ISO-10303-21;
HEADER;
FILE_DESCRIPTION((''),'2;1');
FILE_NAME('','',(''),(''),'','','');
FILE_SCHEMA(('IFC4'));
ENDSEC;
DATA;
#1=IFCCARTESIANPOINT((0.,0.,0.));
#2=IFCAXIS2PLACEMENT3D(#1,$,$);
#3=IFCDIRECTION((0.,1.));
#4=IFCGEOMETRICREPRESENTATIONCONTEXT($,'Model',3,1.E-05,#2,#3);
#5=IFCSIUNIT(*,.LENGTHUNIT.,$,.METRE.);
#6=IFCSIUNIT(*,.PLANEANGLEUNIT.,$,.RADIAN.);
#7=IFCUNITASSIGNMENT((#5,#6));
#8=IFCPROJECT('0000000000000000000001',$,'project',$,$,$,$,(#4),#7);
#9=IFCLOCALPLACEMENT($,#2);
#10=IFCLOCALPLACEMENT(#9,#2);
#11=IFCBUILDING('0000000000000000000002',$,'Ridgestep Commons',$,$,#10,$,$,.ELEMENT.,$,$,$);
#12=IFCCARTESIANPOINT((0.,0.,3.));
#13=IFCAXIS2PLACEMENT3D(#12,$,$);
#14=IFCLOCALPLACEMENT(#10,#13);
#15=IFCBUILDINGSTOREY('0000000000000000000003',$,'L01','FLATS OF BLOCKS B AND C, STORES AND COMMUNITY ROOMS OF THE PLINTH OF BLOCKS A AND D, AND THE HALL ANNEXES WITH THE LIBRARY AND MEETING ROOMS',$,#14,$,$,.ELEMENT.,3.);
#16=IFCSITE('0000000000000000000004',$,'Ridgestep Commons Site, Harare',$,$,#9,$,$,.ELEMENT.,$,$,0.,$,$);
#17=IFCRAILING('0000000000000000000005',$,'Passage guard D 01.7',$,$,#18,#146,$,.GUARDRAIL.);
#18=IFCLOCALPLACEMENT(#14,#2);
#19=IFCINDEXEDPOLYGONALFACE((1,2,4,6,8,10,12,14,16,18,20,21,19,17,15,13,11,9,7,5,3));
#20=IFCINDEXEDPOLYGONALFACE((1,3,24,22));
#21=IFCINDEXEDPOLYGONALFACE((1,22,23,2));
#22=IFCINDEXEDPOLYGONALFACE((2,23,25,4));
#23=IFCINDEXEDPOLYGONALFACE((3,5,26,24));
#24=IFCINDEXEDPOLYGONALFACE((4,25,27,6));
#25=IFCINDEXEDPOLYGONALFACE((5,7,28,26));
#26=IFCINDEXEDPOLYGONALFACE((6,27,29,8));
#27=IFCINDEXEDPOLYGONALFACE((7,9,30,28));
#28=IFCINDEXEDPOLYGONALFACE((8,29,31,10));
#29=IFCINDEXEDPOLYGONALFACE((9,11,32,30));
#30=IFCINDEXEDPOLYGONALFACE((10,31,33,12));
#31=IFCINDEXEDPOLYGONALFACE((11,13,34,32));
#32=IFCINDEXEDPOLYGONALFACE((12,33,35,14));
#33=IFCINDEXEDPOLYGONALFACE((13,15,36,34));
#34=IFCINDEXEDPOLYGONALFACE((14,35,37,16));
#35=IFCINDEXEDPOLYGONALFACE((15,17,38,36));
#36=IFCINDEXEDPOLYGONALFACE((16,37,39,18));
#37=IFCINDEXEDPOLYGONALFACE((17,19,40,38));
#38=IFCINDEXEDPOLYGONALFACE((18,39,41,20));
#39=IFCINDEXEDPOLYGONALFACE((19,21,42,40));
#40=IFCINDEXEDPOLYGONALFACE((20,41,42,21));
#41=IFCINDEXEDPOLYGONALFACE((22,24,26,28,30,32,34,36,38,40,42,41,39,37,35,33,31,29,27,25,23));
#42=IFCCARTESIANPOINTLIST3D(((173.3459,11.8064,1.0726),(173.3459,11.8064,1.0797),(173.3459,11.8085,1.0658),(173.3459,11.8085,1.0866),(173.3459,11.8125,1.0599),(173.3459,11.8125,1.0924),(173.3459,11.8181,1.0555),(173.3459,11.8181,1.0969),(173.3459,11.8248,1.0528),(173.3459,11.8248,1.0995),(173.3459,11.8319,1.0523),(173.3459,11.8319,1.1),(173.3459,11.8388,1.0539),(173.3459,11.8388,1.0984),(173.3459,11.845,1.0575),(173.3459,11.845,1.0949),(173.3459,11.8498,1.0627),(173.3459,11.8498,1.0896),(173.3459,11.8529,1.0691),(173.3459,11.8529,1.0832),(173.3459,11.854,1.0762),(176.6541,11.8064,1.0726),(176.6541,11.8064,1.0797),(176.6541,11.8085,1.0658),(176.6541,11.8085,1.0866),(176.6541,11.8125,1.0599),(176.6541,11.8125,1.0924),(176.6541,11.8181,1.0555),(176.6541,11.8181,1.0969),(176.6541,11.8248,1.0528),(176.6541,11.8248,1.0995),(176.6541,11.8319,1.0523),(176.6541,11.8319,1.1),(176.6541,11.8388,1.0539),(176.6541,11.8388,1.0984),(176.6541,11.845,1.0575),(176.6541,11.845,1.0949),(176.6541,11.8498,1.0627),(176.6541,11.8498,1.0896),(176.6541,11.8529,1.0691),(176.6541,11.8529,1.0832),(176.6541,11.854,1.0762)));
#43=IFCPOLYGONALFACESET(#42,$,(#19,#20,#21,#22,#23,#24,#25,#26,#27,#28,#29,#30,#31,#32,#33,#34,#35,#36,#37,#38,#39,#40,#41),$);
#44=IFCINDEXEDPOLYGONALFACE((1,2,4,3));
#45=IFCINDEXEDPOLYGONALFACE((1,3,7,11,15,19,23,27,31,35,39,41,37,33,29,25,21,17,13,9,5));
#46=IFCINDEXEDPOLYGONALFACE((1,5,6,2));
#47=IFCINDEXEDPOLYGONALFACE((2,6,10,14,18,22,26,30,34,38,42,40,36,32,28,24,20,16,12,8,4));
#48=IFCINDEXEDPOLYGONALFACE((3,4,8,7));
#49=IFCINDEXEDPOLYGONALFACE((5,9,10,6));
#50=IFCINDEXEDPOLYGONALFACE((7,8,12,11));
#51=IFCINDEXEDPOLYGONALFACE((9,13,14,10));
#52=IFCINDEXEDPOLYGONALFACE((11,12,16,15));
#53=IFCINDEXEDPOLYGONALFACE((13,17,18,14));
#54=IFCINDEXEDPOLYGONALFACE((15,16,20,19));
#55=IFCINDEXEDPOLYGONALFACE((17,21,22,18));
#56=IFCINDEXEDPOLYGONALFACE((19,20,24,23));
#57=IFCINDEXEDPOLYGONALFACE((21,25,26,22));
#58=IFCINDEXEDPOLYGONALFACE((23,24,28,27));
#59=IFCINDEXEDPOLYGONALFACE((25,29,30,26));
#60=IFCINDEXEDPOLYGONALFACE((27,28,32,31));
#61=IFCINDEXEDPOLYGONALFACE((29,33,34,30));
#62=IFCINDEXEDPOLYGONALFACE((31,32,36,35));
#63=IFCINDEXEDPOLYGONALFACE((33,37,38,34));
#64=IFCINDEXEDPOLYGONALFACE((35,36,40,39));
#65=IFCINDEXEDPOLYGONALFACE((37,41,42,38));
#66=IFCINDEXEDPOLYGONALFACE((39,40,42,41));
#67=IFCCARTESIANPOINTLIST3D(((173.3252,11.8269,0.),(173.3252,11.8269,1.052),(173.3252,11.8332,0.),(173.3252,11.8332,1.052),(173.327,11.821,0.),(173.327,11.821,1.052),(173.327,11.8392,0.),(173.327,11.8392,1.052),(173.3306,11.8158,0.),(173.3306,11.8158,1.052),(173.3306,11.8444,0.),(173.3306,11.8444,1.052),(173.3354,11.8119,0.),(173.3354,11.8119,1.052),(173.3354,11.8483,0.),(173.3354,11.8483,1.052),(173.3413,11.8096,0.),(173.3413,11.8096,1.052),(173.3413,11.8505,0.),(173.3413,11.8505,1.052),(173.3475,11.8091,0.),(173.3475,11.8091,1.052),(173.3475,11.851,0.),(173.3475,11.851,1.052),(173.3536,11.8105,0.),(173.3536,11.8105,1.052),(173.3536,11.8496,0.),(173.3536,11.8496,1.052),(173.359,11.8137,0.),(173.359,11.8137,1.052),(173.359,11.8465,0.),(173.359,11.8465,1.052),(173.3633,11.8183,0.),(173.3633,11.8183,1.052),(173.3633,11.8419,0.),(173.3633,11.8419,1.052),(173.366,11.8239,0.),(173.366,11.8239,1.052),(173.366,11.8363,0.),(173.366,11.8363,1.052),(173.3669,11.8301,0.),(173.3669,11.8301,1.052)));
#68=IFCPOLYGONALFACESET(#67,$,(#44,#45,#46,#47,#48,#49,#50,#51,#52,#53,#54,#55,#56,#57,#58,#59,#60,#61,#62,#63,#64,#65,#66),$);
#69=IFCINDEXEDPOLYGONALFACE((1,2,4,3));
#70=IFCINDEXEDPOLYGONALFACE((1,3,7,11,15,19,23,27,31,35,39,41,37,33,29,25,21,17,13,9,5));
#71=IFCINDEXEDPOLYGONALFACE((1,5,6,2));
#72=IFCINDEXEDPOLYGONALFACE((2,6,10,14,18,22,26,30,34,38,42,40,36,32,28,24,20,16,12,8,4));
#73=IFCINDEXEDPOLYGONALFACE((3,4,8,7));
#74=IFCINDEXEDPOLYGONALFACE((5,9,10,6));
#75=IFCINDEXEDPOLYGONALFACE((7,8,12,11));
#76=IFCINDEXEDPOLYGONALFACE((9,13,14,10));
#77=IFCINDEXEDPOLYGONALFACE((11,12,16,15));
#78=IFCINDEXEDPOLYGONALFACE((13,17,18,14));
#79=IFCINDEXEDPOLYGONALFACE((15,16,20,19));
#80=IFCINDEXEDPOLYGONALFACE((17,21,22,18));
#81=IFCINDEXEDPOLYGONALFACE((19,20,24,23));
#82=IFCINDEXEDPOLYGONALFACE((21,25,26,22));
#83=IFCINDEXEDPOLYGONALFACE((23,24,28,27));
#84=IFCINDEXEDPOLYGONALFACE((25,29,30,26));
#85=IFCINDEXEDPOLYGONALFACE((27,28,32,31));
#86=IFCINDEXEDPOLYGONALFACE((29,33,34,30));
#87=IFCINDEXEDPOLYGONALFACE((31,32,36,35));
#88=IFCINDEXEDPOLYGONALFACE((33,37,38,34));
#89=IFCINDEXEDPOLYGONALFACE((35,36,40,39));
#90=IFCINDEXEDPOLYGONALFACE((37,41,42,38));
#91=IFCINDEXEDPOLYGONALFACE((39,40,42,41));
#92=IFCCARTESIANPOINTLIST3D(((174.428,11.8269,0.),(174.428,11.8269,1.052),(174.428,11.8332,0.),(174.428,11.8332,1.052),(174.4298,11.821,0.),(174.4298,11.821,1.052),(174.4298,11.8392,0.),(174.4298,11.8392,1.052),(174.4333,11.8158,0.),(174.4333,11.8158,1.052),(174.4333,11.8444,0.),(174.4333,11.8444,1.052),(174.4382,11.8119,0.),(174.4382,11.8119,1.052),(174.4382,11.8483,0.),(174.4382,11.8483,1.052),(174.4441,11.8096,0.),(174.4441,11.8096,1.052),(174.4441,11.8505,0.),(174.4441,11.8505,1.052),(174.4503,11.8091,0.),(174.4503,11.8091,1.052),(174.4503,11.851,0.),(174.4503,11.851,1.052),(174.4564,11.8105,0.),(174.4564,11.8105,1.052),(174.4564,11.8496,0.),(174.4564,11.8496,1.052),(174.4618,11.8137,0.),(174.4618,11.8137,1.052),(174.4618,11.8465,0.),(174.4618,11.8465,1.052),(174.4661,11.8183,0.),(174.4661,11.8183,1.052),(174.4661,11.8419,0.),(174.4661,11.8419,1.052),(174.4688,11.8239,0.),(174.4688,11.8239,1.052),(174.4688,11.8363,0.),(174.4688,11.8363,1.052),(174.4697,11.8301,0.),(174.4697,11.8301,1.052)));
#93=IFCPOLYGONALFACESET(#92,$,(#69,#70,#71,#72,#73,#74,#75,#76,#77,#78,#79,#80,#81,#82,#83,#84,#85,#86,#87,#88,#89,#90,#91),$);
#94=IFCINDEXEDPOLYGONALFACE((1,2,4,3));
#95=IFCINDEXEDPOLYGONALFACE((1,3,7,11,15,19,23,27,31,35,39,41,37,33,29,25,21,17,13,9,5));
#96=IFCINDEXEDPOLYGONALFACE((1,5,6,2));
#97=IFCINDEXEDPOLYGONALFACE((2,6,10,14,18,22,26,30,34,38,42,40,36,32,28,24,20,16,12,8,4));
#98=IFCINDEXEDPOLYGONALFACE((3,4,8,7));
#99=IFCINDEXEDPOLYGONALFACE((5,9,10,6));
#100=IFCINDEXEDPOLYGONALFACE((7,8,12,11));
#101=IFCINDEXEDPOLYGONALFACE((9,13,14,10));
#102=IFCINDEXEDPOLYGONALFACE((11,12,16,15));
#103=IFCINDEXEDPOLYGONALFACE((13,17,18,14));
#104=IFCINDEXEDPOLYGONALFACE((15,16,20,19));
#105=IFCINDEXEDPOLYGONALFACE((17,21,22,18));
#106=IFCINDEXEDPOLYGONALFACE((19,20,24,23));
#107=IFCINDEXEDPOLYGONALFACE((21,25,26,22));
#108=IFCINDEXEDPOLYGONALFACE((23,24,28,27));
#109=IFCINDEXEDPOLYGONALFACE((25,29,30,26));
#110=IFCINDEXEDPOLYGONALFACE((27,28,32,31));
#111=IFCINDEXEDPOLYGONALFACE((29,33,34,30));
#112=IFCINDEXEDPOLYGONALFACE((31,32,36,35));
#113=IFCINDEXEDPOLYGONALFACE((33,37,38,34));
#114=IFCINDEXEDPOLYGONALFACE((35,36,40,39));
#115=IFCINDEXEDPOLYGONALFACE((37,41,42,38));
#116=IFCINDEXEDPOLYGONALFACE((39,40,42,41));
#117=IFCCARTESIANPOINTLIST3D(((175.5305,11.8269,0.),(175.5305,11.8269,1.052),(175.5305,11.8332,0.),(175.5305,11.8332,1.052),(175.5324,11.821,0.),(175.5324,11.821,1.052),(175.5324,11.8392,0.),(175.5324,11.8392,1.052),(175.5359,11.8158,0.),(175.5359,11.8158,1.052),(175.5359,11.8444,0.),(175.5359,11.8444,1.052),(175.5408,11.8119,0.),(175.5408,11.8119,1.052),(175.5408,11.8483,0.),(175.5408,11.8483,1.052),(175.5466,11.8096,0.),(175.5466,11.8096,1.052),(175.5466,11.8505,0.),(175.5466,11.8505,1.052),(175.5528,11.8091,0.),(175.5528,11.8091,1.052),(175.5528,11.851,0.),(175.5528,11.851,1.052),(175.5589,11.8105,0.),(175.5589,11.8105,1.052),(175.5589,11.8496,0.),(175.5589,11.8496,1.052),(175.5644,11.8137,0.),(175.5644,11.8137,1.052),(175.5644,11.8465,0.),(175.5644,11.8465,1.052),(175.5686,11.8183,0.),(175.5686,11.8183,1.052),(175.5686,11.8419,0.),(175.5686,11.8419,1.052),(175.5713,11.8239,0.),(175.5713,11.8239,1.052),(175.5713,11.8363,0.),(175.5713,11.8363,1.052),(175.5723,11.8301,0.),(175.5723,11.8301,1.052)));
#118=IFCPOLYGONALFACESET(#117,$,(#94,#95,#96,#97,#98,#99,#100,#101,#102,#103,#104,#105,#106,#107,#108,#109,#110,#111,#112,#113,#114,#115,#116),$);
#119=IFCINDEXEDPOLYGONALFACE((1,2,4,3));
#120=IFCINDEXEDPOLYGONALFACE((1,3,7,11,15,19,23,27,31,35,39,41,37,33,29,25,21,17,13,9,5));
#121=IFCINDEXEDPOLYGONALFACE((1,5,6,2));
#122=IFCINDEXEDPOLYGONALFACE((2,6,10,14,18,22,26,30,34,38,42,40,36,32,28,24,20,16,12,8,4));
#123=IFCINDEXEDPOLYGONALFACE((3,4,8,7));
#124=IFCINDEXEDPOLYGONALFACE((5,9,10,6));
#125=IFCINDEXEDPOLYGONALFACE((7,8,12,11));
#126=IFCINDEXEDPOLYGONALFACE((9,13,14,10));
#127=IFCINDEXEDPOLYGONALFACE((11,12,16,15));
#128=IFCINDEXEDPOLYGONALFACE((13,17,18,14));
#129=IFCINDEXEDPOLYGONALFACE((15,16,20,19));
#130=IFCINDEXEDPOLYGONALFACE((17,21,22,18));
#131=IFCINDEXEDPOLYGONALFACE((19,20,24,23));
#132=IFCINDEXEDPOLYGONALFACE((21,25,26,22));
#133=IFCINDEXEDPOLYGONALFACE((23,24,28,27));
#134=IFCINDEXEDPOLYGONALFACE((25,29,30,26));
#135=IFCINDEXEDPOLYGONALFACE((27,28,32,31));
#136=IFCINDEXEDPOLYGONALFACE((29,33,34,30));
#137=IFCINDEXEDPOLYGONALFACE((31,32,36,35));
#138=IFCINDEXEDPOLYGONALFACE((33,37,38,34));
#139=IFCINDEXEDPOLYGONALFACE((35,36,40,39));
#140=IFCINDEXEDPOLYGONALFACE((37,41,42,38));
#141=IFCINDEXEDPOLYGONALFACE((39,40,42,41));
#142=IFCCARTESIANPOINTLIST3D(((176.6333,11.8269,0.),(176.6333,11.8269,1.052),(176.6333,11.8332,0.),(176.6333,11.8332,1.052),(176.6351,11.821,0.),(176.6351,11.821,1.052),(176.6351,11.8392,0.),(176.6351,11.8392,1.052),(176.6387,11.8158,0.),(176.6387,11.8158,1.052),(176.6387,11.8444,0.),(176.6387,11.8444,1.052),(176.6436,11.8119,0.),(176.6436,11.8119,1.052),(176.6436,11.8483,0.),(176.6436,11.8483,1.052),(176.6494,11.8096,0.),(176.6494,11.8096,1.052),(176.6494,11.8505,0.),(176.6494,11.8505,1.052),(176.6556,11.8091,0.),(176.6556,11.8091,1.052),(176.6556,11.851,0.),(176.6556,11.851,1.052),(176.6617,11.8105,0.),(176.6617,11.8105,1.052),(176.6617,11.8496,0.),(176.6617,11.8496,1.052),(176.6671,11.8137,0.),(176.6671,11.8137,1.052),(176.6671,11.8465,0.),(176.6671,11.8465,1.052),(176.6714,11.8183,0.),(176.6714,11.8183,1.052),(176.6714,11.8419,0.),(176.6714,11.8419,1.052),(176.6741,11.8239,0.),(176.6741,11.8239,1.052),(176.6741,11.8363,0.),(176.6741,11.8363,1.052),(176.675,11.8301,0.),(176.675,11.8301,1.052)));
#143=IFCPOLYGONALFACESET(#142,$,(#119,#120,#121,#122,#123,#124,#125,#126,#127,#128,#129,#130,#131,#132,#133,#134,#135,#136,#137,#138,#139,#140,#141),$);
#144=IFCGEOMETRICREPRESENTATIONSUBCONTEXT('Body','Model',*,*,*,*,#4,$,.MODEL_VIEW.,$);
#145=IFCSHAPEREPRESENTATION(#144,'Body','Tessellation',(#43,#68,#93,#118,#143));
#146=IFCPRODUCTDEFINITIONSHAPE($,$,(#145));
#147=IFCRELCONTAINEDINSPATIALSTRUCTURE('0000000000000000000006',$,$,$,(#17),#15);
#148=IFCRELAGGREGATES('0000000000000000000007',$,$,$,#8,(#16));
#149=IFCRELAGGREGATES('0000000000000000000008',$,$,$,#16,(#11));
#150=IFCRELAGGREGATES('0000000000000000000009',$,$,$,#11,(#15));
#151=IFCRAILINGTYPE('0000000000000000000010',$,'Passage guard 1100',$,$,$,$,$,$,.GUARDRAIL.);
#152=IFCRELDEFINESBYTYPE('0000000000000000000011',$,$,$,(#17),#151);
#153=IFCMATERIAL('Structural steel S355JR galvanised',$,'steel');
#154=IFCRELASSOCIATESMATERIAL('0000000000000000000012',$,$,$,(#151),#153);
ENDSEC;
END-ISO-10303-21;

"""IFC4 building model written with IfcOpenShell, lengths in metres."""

from ifc_helpers import new_model, si_unit, direction, frame, origin, origin_2d, place, context, subcontext, project, spatial, circle, extrude, material, type_object, element, save


model = new_model("IFC4")

# Units and contexts
model_context = context("Model", 3, precision=1e-05, world=origin(), true_north=direction((0.0, 1.0)))
body_context = subcontext(model_context, "Body", "Model", "MODEL_VIEW")
ifc_project = project(units=[si_unit("LENGTHUNIT", "METRE"), si_unit("PLANEANGLEUNIT", "RADIAN")], contexts=[model_context])

# Site, building, storey
site_placement = place(None, origin())
site = spatial("IfcSite", under=ifc_project, at=site_placement, Name="Ridgestep Commons Site, Harare", CompositionType="ELEMENT", RefElevation=0.0)
building_placement = place(site_placement, origin())
building = spatial("IfcBuilding", under=site, at=building_placement, Name="Ridgestep Commons", CompositionType="ELEMENT")
storey_placement = place(building_placement, frame((0.0, 0.0, 3.0)))
storey = spatial("IfcBuildingStorey", under=building, at=storey_placement, Name="L01", Description="FLATS OF BLOCKS B AND C, STORES AND COMMUNITY ROOMS OF THE PLINTH OF BLOCKS A AND D, AND THE HALL ANNEXES WITH THE LIBRARY AND MEETING ROOMS", CompositionType="ELEMENT", Elevation=3.0)

# Railing
ifc_material_1 = material(Name="Structural steel S355JR galvanised", Category="steel")
railing_type = type_object("IfcRailingType", Name="Passage guard 1100", PredefinedType="GUARDRAIL", material=ifc_material_1)
railing_placement = place(storey_placement, frame((173.3459, 11.8301, 0.0)))
element("IfcRailing", 1, at=railing_placement, inside=storey, type_object=railing_type, Name="Passage guard D 01.7", PredefinedType="GUARDRAIL", context=body_context, shape_type="SweptSolid", body=[
    extrude(circle(Radius=0.0239, at=origin_2d()), frame((0.0, 0.0, 1.0762), z_axis=(1.0, 0.0, 0.0), x_axis=(0.0, 1.0, 0.0)), (0.0, 0.0, 1.0), 3.3081),
    extrude(circle(Radius=0.021, at=origin_2d()), origin(), (0.0, 0.0, 1.0), 1.052),
    extrude(circle(Radius=0.021, at=origin_2d()), frame((1.1028, 0.0, 0.0)), (0.0, 0.0, 1.0), 1.052),
    extrude(circle(Radius=0.021, at=origin_2d()), frame((2.2053, 0.0, 0.0)), (0.0, 0.0, 1.0), 1.052),
    extrude(circle(Radius=0.021, at=origin_2d()), frame((3.3081, 0.0, 0.0)), (0.0, 0.0, 1.0), 1.052),
])

save(model, "model.ifc")
